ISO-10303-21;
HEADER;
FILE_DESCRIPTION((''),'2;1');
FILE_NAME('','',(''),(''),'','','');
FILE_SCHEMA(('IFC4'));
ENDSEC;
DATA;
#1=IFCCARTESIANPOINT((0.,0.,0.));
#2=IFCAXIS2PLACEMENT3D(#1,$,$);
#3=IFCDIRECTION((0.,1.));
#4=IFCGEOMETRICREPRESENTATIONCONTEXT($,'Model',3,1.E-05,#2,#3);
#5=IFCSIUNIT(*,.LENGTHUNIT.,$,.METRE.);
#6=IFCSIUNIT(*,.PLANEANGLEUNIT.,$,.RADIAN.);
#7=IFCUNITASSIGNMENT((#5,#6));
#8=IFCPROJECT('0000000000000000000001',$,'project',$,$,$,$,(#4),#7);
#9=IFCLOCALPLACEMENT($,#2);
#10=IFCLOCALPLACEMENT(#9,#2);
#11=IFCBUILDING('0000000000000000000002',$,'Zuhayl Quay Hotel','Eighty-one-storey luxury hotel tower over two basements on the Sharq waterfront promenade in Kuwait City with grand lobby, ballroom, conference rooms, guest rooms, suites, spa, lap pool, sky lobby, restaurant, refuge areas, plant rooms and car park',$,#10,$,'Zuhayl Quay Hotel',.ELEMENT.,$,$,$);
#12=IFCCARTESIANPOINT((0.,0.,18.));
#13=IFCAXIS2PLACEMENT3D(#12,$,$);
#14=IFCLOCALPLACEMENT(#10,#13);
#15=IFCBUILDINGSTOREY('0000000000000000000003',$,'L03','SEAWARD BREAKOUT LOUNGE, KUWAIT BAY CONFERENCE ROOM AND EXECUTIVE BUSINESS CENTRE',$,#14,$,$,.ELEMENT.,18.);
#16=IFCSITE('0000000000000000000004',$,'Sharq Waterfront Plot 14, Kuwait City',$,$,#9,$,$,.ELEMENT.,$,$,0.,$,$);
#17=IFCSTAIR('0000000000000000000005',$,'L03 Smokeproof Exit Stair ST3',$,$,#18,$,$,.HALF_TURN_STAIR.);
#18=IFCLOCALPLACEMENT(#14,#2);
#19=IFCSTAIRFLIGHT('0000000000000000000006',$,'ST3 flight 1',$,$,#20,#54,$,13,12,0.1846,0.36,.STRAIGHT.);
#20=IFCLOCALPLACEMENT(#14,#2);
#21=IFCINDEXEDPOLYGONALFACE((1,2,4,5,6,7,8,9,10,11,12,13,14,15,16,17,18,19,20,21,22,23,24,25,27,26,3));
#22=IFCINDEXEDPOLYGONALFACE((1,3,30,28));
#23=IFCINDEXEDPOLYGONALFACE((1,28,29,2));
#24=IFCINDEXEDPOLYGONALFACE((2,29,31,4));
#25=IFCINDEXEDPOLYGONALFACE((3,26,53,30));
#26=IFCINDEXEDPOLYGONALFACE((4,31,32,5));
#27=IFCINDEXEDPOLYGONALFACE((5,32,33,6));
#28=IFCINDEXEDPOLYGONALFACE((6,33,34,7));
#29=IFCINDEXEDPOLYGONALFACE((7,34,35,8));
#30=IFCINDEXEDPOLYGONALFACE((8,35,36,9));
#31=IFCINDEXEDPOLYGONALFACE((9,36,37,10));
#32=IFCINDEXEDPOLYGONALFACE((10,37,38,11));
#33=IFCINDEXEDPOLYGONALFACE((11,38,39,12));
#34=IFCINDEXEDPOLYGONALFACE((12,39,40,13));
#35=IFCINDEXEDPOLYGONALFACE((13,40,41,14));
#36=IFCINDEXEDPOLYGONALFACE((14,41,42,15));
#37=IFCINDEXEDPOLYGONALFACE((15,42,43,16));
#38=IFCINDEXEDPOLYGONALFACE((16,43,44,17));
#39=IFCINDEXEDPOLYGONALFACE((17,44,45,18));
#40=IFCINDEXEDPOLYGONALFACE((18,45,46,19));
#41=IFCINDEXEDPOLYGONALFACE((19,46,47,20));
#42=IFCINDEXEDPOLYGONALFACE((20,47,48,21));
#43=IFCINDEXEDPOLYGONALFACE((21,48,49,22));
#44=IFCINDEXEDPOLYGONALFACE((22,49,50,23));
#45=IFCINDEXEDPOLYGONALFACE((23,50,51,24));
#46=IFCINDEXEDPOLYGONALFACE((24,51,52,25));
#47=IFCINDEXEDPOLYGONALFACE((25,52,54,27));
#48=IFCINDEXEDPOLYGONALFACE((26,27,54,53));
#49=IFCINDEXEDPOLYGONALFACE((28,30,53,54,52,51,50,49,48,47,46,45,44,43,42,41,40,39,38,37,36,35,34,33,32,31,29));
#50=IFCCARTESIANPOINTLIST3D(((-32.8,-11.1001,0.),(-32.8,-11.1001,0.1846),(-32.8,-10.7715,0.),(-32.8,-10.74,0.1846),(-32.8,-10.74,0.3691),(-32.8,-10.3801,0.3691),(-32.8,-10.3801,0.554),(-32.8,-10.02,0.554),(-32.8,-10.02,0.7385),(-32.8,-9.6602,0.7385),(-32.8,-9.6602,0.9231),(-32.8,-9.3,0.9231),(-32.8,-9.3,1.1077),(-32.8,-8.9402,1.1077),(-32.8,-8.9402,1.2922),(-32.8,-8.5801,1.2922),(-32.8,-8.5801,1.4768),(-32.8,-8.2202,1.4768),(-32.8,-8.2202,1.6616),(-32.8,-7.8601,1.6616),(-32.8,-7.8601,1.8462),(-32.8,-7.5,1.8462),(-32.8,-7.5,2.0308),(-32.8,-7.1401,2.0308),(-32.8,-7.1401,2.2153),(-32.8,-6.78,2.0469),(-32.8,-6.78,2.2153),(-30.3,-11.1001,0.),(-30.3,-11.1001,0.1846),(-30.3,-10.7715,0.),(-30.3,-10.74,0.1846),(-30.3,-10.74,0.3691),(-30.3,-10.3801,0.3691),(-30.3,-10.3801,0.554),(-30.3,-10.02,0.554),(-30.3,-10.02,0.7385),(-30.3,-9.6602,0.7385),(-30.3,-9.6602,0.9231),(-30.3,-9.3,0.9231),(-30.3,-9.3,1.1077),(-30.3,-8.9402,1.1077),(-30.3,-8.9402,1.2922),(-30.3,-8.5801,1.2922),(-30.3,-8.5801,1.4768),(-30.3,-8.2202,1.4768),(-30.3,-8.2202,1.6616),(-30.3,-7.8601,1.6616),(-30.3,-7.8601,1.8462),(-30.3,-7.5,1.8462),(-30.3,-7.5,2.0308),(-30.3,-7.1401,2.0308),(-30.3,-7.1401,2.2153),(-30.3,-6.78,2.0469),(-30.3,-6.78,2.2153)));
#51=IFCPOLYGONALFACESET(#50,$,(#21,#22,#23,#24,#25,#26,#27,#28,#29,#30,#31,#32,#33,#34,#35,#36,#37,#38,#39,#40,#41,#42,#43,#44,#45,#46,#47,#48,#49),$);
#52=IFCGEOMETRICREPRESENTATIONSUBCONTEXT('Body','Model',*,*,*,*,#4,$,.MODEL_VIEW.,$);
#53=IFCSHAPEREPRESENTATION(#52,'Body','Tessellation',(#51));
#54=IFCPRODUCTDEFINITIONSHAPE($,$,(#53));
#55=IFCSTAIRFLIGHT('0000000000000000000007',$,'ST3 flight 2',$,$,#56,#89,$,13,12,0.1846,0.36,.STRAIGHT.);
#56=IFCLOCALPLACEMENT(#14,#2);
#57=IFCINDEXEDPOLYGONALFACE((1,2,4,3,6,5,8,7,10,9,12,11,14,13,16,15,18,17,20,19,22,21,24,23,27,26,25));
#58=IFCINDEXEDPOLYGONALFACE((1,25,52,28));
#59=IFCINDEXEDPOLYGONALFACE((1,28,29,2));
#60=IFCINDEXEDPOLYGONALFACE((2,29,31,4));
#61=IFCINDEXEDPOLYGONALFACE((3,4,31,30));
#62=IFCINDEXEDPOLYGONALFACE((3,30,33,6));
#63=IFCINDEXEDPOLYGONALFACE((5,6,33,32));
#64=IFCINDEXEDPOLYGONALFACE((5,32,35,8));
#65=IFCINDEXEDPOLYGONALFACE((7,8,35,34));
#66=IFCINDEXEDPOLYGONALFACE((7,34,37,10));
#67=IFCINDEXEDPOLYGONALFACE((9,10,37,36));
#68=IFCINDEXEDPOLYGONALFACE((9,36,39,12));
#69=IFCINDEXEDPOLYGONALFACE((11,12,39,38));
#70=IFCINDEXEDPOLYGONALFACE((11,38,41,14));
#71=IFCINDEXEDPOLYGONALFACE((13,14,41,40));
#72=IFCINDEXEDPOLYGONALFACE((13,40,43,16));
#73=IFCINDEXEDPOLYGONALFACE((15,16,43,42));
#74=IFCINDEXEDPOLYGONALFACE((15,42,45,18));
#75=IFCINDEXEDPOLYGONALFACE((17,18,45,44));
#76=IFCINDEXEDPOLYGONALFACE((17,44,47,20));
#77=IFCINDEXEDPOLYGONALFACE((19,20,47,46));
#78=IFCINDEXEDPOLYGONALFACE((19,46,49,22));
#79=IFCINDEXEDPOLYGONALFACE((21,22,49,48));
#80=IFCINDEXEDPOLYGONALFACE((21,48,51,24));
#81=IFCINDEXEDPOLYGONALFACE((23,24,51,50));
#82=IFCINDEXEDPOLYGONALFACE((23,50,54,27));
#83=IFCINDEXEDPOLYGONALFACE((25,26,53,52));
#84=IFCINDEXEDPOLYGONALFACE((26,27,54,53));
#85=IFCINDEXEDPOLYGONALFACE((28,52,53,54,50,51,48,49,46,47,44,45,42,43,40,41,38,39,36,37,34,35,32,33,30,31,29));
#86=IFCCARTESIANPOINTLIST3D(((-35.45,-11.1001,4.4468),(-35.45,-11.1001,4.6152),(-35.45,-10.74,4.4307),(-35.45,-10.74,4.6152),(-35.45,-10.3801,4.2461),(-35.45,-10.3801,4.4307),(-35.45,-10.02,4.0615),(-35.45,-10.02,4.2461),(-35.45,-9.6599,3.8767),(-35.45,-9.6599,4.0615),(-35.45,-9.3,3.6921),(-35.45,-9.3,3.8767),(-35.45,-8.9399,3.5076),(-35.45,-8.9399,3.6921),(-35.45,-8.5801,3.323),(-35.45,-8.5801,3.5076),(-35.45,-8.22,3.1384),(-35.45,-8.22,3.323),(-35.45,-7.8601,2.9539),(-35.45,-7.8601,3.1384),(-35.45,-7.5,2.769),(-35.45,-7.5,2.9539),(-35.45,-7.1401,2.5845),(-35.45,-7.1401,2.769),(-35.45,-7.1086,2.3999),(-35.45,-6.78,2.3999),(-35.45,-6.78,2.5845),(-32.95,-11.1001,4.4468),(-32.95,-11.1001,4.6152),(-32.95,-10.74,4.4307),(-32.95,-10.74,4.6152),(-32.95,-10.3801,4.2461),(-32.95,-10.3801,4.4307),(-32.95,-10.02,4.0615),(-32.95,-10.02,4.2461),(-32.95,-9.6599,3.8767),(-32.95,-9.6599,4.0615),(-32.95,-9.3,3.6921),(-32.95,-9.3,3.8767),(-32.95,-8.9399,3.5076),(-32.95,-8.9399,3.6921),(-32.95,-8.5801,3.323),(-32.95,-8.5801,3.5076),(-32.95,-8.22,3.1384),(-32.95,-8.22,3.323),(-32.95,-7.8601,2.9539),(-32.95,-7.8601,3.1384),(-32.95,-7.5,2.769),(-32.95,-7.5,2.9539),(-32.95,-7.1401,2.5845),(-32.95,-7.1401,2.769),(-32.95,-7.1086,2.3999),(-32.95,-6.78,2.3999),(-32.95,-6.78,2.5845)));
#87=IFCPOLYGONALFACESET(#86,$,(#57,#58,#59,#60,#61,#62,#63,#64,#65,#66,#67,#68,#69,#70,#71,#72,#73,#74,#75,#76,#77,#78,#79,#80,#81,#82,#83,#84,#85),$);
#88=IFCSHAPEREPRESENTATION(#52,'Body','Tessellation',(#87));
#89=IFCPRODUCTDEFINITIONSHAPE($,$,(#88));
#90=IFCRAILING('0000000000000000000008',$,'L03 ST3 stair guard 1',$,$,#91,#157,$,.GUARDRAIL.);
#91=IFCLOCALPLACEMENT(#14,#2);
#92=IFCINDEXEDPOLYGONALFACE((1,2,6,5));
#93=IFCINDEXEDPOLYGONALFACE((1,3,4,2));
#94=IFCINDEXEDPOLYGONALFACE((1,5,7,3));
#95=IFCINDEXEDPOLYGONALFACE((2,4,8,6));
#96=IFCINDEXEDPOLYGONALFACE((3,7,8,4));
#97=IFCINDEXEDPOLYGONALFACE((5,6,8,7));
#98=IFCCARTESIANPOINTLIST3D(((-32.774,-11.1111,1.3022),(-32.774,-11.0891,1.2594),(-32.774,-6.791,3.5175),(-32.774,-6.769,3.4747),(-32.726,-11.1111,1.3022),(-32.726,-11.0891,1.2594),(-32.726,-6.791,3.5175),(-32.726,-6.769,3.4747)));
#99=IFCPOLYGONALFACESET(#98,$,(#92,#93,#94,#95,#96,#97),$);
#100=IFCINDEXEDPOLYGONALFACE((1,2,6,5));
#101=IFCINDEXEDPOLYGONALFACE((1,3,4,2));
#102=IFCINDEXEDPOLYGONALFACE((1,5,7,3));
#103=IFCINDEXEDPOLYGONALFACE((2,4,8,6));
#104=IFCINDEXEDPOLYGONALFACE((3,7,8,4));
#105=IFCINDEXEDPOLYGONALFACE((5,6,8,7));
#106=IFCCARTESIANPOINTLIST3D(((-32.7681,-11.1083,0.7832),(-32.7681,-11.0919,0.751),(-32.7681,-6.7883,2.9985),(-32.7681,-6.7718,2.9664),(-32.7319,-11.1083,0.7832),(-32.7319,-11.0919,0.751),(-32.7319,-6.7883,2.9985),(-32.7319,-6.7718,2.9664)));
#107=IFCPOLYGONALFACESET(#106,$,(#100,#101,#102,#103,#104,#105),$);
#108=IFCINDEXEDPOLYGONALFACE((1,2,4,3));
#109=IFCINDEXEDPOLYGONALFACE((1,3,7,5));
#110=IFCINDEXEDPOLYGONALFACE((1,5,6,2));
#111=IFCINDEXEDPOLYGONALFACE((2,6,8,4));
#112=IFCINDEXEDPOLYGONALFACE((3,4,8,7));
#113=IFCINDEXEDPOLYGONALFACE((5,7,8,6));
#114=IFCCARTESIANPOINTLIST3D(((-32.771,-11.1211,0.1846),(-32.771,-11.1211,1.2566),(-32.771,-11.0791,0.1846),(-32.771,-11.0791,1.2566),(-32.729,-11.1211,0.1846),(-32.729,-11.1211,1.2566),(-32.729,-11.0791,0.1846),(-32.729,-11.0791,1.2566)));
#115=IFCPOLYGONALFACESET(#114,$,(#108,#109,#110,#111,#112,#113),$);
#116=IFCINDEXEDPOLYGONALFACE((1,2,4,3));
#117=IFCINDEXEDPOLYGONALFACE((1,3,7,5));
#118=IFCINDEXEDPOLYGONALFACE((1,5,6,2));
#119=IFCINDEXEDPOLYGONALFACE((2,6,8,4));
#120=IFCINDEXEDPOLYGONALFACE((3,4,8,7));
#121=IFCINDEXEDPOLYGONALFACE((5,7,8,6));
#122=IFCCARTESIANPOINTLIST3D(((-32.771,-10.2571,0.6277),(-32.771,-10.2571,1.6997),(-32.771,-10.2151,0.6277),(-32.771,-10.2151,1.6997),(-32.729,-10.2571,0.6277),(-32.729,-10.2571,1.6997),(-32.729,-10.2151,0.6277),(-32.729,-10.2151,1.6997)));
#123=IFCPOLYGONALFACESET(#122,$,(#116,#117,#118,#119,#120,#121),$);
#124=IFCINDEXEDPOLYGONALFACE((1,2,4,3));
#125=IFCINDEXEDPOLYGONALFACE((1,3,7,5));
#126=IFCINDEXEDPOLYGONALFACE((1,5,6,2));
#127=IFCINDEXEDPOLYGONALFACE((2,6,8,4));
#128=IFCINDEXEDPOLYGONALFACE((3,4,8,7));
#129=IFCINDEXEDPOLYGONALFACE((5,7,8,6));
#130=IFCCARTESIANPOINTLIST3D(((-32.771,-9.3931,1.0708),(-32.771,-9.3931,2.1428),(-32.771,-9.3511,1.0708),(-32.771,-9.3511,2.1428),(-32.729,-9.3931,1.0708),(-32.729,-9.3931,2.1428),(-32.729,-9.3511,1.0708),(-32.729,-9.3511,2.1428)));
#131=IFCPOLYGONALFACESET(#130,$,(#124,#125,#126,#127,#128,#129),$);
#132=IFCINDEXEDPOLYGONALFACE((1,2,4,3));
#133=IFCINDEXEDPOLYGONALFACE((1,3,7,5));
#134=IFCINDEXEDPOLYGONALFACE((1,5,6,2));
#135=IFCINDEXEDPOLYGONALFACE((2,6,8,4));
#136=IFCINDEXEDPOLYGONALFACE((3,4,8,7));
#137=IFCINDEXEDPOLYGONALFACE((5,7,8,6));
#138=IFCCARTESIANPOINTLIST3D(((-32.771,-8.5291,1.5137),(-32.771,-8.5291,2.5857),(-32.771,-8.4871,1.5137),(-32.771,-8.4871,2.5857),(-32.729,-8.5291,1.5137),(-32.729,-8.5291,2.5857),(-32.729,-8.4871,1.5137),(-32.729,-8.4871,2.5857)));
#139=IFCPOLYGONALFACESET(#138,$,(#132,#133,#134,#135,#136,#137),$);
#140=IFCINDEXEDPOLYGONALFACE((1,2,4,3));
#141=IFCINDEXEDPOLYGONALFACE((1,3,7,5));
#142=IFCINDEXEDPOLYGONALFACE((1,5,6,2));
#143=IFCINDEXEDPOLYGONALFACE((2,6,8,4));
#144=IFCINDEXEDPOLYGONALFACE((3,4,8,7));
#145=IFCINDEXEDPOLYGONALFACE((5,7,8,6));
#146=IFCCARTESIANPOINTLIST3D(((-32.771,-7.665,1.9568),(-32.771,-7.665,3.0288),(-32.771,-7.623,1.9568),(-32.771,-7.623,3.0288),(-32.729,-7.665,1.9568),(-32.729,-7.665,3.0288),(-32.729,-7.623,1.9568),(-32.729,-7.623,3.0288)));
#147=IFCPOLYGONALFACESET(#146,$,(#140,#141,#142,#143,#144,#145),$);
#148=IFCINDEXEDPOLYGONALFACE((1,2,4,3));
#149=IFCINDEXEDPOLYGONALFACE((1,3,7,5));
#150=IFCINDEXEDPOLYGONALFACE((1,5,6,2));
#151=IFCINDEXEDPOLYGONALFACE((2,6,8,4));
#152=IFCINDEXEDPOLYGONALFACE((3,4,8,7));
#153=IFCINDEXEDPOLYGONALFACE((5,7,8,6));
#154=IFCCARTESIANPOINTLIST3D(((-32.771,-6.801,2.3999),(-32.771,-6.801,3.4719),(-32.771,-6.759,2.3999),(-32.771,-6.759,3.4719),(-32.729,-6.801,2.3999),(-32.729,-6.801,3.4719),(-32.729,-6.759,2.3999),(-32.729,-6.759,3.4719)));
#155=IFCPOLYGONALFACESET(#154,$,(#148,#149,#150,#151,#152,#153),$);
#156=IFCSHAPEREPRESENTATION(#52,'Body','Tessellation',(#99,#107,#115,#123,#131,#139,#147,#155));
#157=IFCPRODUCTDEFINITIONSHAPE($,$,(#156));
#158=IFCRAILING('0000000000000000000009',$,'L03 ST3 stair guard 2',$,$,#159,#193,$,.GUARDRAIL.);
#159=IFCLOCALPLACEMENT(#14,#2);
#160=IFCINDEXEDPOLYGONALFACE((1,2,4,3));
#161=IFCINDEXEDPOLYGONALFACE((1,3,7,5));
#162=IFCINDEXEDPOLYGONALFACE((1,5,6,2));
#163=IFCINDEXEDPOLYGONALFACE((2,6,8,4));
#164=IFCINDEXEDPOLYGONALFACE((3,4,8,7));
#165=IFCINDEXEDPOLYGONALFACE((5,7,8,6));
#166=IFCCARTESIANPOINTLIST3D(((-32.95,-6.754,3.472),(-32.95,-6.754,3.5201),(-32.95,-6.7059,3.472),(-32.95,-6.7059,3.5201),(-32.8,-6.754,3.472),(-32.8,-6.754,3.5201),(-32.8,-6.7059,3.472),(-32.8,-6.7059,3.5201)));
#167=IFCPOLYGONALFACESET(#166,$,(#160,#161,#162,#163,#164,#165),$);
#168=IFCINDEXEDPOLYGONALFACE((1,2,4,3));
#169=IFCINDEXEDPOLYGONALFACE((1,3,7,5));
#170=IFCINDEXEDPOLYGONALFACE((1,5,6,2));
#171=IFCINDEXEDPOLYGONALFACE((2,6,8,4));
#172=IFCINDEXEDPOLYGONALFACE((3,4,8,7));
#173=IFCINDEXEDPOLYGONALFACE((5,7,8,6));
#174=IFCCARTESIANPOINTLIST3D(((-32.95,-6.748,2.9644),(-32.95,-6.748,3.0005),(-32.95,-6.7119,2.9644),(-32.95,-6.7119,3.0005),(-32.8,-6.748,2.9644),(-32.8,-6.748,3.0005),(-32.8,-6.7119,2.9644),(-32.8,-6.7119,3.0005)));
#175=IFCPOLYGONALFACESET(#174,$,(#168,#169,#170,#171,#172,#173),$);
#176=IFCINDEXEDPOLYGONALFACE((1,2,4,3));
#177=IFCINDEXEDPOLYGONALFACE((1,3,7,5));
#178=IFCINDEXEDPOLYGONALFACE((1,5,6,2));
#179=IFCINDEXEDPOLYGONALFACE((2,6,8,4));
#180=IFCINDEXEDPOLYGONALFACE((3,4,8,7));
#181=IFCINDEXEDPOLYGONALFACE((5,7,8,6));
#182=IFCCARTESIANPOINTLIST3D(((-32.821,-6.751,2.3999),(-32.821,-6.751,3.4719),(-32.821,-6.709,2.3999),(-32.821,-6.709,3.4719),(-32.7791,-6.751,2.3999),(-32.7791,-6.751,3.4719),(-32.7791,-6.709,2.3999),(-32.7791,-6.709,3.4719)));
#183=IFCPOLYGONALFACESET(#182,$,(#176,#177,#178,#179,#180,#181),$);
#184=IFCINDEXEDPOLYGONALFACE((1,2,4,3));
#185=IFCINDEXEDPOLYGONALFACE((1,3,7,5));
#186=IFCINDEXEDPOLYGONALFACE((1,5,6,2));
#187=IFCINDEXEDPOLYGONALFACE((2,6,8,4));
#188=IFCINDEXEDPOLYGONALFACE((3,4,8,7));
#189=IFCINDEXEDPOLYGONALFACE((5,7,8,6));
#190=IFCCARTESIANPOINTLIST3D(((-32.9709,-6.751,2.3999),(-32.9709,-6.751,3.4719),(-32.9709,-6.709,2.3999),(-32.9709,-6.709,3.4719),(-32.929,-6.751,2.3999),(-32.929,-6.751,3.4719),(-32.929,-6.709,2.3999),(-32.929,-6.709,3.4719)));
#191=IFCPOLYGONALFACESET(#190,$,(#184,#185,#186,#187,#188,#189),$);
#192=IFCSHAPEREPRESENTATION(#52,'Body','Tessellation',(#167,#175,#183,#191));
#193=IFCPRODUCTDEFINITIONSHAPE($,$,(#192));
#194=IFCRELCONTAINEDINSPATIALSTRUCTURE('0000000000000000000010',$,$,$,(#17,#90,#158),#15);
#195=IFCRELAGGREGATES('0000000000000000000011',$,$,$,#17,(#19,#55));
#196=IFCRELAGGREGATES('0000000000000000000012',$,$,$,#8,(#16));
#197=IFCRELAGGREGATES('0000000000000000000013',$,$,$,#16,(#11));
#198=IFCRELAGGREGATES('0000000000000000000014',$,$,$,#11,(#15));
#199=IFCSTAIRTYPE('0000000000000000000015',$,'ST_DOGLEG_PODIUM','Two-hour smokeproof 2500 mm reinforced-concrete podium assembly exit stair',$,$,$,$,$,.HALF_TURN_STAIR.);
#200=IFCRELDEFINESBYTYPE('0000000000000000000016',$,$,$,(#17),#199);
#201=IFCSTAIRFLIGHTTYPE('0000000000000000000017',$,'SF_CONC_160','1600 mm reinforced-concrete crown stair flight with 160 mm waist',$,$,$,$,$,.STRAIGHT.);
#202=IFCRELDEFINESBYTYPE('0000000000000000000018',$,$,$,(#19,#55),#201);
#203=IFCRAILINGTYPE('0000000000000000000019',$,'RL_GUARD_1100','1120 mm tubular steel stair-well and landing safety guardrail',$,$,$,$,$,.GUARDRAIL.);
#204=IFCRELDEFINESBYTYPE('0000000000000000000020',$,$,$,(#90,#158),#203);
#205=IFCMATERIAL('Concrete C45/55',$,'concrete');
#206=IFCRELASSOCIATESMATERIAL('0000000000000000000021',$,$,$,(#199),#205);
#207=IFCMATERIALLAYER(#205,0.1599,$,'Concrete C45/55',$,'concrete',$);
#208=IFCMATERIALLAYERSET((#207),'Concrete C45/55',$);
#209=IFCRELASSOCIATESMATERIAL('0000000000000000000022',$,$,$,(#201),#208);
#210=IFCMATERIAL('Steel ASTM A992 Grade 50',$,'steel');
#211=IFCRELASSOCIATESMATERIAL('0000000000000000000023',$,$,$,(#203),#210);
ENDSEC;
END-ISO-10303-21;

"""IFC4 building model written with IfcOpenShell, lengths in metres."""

from ifc_helpers import new_model, si_unit, direction, frame, origin, origin_2d, place, context, subcontext, project, spatial, polyline, rectangle, outline, extrude, material, layer, layer_set, type_object, element, aggregate, save


model = new_model("IFC4")

# Units and contexts
model_context = context("Model", 3, precision=1e-05, world=origin(), true_north=direction((0.0, 1.0)))
body_context = subcontext(model_context, "Body", "Model", "MODEL_VIEW")
ifc_project = project(units=[si_unit("LENGTHUNIT", "METRE"), si_unit("PLANEANGLEUNIT", "RADIAN")], contexts=[model_context])

# Site, building, storey
site_placement = place(None, origin())
site = spatial("IfcSite", under=ifc_project, at=site_placement, Name="Sharq Waterfront Plot 14, Kuwait City", CompositionType="ELEMENT", RefElevation=0.0)
building_placement = place(site_placement, origin())
building = spatial("IfcBuilding", under=site, at=building_placement, Name="Zuhayl Quay Hotel", Description="Eighty-one-storey luxury hotel tower over two basements on the Sharq waterfront promenade in Kuwait City with grand lobby, ballroom, conference rooms, guest rooms, suites, spa, lap pool, sky lobby, restaurant, refuge areas, plant rooms and car park", LongName="Zuhayl Quay Hotel", CompositionType="ELEMENT")
storey_placement = place(building_placement, frame((0.0, 0.0, 18.0)))
storey = spatial("IfcBuildingStorey", under=building, at=storey_placement, Name="L03", Description="SEAWARD BREAKOUT LOUNGE, KUWAIT BAY CONFERENCE ROOM AND EXECUTIVE BUSINESS CENTRE", CompositionType="ELEMENT", Elevation=18.0)

# Shared definitions
ifc_material_1 = material(Name="Steel ASTM A992 Grade 50", Category="steel")

# Stair, stair flights
ifc_material_2 = material(Name="Concrete C45/55", Category="concrete")
stair_type = type_object("IfcStairType", Name="ST_DOGLEG_PODIUM", Description="Two-hour smokeproof 2500 mm reinforced-concrete podium assembly exit stair", PredefinedType="HALF_TURN_STAIR", material=ifc_material_2)
stair_placement = place(storey_placement, origin())
stair = element("IfcStair", 1, at=stair_placement, inside=storey, type_object=stair_type, Name="L03 Smokeproof Exit Stair ST3", PredefinedType="HALF_TURN_STAIR")
ifc_layer_1 = layer(ifc_material_2, 0.1599, Name="Concrete C45/55", Category="concrete")
ifc_layer_set_1 = layer_set([ifc_layer_1], Name="Concrete C45/55")
stair_flight_type = type_object("IfcStairFlightType", Name="SF_CONC_160", Description="1600 mm reinforced-concrete crown stair flight with 160 mm waist", PredefinedType="STRAIGHT", material=ifc_layer_set_1)
stair_flight_1_placement = place(storey_placement, frame((-31.55, -11.1001, 0.0), z_axis=(0.0, 0.0, 1.0), x_axis=(0.0, 1.0, 0.0)))
stair_flight_1 = element("IfcStairFlight", 2, at=stair_flight_1_placement, type_object=stair_flight_type, Name="ST3 flight 1", NumberOfRisers=13, NumberOfTreads=12, PredefinedType="STRAIGHT", RiserHeight=0.1846, TreadLength=0.36, context=body_context, shape_type="SweptSolid", body=[
    extrude(outline(polyline([(0.0, 0.0), (0.0, 0.1846), (0.3601, 0.1846), (0.3601, 0.3691), (0.72, 0.3691), (0.72, 0.554), (1.0801, 0.554), (1.0801, 0.7385), (1.4399, 0.7385), (1.4399, 0.9231), (1.8, 0.9231), (1.8, 1.1077), (2.1599, 1.1077), (2.1599, 1.2922), (2.52, 1.2922), (2.52, 1.4768), (2.8799, 1.4768), (2.8799, 1.6616), (3.24, 1.6616), (3.24, 1.8462), (3.6001, 1.8462), (3.6001, 2.0308), (3.96, 2.0308), (3.96, 2.2153), (4.3201, 2.2153), (4.3201, 2.3999), (4.3201, 2.0469), (0.3286, 0.0), (0.0, 0.0)])), frame((0.0, 1.25, 0.0), z_axis=(0.0, -1.0, 0.0), x_axis=(1.0, 0.0, 0.0)), (0.0, 0.0, 1.0), 2.5),
])
stair_flight_2_placement = place(storey_placement, frame((-34.2, -6.78, 2.3999), z_axis=(0.0, 0.0, 1.0), x_axis=(0.0, -1.0, 0.0)))
stair_flight_2 = element("IfcStairFlight", 3, at=stair_flight_2_placement, type_object=stair_flight_type, Name="ST3 flight 2", NumberOfRisers=13, NumberOfTreads=12, PredefinedType="STRAIGHT", RiserHeight=0.1846, TreadLength=0.36, context=body_context, shape_type="SweptSolid", body=[
    extrude(outline(polyline([(0.0, 0.0), (0.0, 0.1846), (0.3601, 0.1846), (0.3601, 0.3691), (0.72, 0.3691), (0.72, 0.554), (1.0801, 0.554), (1.0801, 0.7385), (1.4399, 0.7385), (1.4399, 0.9231), (1.8, 0.9231), (1.8, 1.1077), (2.1599, 1.1077), (2.1599, 1.2922), (2.52, 1.2922), (2.52, 1.4768), (2.8799, 1.4768), (2.8799, 1.6616), (3.24, 1.6616), (3.24, 1.8462), (3.6001, 1.8462), (3.6001, 2.0308), (3.96, 2.0308), (3.96, 2.2153), (4.3201, 2.2153), (4.3201, 2.3999), (4.3201, 2.0469), (0.3286, 0.0), (0.0, 0.0)])), frame((0.0, 1.25, 0.0), z_axis=(0.0, -1.0, 0.0), x_axis=(1.0, 0.0, 0.0)), (0.0, 0.0, 1.0), 2.5),
])
aggregate(stair, [stair_flight_1, stair_flight_2])

# Railings
railing_type_1 = type_object("IfcRailingType", Name="RL_GUARD_1100", Description="1120 mm tubular steel stair-well and landing safety guardrail", PredefinedType="GUARDRAIL", material=ifc_material_1)
railing_1_placement = place(storey_placement, frame((-32.75, -11.1001, 0.1846)))
element("IfcRailing", 4, at=railing_1_placement, inside=storey, type_object=railing_type_1, Name="L03 ST3 stair guard 1", PredefinedType="GUARDRAIL", context=body_context, shape_type="SweptSolid", body=[
    extrude(rectangle(XDim=0.0481, YDim=0.0481, at=origin_2d()), frame((0.0, 0.0, 1.0962), z_axis=(0.0, 0.889825, 0.456302), x_axis=(-1.0, 0.0, 0.0)), (0.0, 0.0, 1.0), 4.855),
    extrude(rectangle(XDim=0.0361, YDim=0.0361, at=origin_2d()), frame((0.0, 0.0, 0.5825), z_axis=(0.0, 0.889825, 0.456302), x_axis=(-1.0, 0.0, 0.0)), (0.0, 0.0, 1.0), 4.855),
    extrude(rectangle(XDim=0.042, YDim=0.042, at=origin_2d()), origin(), (0.0, 0.0, 1.0), 1.072),
    extrude(rectangle(XDim=0.042, YDim=0.042, at=origin_2d()), frame((0.0, 0.864, 0.4431)), (0.0, 0.0, 1.0), 1.072),
    extrude(rectangle(XDim=0.042, YDim=0.042, at=origin_2d()), frame((0.0, 1.728, 0.8862)), (0.0, 0.0, 1.0), 1.072),
    extrude(rectangle(XDim=0.042, YDim=0.042, at=origin_2d()), frame((0.0, 2.592, 1.3291)), (0.0, 0.0, 1.0), 1.072),
    extrude(rectangle(XDim=0.042, YDim=0.042, at=origin_2d()), frame((0.0, 3.4561, 1.7722)), (0.0, 0.0, 1.0), 1.072),
    extrude(rectangle(XDim=0.042, YDim=0.042, at=origin_2d()), frame((0.0, 4.3201, 2.2153)), (0.0, 0.0, 1.0), 1.072),
])
railing_2_placement = place(storey_placement, frame((-32.8, -6.73, 2.3999)))
element("IfcRailing", 5, at=railing_2_placement, inside=storey, type_object=railing_type_1, Name="L03 ST3 stair guard 2", PredefinedType="GUARDRAIL", context=body_context, shape_type="SweptSolid", body=[
    extrude(rectangle(XDim=0.0481, YDim=0.0481, at=origin_2d()), frame((0.0, 0.0, 1.0962), z_axis=(-1.0, 0.0, 0.0), x_axis=(0.0, -1.0, 0.0)), (0.0, 0.0, 1.0), 0.1499),
    extrude(rectangle(XDim=0.0361, YDim=0.0361, at=origin_2d()), frame((0.0, 0.0, 0.5825), z_axis=(-1.0, 0.0, 0.0), x_axis=(0.0, -1.0, 0.0)), (0.0, 0.0, 1.0), 0.1499),
    extrude(rectangle(XDim=0.042, YDim=0.042, at=origin_2d()), origin(), (0.0, 0.0, 1.0), 1.072),
    extrude(rectangle(XDim=0.042, YDim=0.042, at=origin_2d()), frame((-0.1499, 0.0, 0.0)), (0.0, 0.0, 1.0), 1.072),
])

save(model, "model.ifc")
